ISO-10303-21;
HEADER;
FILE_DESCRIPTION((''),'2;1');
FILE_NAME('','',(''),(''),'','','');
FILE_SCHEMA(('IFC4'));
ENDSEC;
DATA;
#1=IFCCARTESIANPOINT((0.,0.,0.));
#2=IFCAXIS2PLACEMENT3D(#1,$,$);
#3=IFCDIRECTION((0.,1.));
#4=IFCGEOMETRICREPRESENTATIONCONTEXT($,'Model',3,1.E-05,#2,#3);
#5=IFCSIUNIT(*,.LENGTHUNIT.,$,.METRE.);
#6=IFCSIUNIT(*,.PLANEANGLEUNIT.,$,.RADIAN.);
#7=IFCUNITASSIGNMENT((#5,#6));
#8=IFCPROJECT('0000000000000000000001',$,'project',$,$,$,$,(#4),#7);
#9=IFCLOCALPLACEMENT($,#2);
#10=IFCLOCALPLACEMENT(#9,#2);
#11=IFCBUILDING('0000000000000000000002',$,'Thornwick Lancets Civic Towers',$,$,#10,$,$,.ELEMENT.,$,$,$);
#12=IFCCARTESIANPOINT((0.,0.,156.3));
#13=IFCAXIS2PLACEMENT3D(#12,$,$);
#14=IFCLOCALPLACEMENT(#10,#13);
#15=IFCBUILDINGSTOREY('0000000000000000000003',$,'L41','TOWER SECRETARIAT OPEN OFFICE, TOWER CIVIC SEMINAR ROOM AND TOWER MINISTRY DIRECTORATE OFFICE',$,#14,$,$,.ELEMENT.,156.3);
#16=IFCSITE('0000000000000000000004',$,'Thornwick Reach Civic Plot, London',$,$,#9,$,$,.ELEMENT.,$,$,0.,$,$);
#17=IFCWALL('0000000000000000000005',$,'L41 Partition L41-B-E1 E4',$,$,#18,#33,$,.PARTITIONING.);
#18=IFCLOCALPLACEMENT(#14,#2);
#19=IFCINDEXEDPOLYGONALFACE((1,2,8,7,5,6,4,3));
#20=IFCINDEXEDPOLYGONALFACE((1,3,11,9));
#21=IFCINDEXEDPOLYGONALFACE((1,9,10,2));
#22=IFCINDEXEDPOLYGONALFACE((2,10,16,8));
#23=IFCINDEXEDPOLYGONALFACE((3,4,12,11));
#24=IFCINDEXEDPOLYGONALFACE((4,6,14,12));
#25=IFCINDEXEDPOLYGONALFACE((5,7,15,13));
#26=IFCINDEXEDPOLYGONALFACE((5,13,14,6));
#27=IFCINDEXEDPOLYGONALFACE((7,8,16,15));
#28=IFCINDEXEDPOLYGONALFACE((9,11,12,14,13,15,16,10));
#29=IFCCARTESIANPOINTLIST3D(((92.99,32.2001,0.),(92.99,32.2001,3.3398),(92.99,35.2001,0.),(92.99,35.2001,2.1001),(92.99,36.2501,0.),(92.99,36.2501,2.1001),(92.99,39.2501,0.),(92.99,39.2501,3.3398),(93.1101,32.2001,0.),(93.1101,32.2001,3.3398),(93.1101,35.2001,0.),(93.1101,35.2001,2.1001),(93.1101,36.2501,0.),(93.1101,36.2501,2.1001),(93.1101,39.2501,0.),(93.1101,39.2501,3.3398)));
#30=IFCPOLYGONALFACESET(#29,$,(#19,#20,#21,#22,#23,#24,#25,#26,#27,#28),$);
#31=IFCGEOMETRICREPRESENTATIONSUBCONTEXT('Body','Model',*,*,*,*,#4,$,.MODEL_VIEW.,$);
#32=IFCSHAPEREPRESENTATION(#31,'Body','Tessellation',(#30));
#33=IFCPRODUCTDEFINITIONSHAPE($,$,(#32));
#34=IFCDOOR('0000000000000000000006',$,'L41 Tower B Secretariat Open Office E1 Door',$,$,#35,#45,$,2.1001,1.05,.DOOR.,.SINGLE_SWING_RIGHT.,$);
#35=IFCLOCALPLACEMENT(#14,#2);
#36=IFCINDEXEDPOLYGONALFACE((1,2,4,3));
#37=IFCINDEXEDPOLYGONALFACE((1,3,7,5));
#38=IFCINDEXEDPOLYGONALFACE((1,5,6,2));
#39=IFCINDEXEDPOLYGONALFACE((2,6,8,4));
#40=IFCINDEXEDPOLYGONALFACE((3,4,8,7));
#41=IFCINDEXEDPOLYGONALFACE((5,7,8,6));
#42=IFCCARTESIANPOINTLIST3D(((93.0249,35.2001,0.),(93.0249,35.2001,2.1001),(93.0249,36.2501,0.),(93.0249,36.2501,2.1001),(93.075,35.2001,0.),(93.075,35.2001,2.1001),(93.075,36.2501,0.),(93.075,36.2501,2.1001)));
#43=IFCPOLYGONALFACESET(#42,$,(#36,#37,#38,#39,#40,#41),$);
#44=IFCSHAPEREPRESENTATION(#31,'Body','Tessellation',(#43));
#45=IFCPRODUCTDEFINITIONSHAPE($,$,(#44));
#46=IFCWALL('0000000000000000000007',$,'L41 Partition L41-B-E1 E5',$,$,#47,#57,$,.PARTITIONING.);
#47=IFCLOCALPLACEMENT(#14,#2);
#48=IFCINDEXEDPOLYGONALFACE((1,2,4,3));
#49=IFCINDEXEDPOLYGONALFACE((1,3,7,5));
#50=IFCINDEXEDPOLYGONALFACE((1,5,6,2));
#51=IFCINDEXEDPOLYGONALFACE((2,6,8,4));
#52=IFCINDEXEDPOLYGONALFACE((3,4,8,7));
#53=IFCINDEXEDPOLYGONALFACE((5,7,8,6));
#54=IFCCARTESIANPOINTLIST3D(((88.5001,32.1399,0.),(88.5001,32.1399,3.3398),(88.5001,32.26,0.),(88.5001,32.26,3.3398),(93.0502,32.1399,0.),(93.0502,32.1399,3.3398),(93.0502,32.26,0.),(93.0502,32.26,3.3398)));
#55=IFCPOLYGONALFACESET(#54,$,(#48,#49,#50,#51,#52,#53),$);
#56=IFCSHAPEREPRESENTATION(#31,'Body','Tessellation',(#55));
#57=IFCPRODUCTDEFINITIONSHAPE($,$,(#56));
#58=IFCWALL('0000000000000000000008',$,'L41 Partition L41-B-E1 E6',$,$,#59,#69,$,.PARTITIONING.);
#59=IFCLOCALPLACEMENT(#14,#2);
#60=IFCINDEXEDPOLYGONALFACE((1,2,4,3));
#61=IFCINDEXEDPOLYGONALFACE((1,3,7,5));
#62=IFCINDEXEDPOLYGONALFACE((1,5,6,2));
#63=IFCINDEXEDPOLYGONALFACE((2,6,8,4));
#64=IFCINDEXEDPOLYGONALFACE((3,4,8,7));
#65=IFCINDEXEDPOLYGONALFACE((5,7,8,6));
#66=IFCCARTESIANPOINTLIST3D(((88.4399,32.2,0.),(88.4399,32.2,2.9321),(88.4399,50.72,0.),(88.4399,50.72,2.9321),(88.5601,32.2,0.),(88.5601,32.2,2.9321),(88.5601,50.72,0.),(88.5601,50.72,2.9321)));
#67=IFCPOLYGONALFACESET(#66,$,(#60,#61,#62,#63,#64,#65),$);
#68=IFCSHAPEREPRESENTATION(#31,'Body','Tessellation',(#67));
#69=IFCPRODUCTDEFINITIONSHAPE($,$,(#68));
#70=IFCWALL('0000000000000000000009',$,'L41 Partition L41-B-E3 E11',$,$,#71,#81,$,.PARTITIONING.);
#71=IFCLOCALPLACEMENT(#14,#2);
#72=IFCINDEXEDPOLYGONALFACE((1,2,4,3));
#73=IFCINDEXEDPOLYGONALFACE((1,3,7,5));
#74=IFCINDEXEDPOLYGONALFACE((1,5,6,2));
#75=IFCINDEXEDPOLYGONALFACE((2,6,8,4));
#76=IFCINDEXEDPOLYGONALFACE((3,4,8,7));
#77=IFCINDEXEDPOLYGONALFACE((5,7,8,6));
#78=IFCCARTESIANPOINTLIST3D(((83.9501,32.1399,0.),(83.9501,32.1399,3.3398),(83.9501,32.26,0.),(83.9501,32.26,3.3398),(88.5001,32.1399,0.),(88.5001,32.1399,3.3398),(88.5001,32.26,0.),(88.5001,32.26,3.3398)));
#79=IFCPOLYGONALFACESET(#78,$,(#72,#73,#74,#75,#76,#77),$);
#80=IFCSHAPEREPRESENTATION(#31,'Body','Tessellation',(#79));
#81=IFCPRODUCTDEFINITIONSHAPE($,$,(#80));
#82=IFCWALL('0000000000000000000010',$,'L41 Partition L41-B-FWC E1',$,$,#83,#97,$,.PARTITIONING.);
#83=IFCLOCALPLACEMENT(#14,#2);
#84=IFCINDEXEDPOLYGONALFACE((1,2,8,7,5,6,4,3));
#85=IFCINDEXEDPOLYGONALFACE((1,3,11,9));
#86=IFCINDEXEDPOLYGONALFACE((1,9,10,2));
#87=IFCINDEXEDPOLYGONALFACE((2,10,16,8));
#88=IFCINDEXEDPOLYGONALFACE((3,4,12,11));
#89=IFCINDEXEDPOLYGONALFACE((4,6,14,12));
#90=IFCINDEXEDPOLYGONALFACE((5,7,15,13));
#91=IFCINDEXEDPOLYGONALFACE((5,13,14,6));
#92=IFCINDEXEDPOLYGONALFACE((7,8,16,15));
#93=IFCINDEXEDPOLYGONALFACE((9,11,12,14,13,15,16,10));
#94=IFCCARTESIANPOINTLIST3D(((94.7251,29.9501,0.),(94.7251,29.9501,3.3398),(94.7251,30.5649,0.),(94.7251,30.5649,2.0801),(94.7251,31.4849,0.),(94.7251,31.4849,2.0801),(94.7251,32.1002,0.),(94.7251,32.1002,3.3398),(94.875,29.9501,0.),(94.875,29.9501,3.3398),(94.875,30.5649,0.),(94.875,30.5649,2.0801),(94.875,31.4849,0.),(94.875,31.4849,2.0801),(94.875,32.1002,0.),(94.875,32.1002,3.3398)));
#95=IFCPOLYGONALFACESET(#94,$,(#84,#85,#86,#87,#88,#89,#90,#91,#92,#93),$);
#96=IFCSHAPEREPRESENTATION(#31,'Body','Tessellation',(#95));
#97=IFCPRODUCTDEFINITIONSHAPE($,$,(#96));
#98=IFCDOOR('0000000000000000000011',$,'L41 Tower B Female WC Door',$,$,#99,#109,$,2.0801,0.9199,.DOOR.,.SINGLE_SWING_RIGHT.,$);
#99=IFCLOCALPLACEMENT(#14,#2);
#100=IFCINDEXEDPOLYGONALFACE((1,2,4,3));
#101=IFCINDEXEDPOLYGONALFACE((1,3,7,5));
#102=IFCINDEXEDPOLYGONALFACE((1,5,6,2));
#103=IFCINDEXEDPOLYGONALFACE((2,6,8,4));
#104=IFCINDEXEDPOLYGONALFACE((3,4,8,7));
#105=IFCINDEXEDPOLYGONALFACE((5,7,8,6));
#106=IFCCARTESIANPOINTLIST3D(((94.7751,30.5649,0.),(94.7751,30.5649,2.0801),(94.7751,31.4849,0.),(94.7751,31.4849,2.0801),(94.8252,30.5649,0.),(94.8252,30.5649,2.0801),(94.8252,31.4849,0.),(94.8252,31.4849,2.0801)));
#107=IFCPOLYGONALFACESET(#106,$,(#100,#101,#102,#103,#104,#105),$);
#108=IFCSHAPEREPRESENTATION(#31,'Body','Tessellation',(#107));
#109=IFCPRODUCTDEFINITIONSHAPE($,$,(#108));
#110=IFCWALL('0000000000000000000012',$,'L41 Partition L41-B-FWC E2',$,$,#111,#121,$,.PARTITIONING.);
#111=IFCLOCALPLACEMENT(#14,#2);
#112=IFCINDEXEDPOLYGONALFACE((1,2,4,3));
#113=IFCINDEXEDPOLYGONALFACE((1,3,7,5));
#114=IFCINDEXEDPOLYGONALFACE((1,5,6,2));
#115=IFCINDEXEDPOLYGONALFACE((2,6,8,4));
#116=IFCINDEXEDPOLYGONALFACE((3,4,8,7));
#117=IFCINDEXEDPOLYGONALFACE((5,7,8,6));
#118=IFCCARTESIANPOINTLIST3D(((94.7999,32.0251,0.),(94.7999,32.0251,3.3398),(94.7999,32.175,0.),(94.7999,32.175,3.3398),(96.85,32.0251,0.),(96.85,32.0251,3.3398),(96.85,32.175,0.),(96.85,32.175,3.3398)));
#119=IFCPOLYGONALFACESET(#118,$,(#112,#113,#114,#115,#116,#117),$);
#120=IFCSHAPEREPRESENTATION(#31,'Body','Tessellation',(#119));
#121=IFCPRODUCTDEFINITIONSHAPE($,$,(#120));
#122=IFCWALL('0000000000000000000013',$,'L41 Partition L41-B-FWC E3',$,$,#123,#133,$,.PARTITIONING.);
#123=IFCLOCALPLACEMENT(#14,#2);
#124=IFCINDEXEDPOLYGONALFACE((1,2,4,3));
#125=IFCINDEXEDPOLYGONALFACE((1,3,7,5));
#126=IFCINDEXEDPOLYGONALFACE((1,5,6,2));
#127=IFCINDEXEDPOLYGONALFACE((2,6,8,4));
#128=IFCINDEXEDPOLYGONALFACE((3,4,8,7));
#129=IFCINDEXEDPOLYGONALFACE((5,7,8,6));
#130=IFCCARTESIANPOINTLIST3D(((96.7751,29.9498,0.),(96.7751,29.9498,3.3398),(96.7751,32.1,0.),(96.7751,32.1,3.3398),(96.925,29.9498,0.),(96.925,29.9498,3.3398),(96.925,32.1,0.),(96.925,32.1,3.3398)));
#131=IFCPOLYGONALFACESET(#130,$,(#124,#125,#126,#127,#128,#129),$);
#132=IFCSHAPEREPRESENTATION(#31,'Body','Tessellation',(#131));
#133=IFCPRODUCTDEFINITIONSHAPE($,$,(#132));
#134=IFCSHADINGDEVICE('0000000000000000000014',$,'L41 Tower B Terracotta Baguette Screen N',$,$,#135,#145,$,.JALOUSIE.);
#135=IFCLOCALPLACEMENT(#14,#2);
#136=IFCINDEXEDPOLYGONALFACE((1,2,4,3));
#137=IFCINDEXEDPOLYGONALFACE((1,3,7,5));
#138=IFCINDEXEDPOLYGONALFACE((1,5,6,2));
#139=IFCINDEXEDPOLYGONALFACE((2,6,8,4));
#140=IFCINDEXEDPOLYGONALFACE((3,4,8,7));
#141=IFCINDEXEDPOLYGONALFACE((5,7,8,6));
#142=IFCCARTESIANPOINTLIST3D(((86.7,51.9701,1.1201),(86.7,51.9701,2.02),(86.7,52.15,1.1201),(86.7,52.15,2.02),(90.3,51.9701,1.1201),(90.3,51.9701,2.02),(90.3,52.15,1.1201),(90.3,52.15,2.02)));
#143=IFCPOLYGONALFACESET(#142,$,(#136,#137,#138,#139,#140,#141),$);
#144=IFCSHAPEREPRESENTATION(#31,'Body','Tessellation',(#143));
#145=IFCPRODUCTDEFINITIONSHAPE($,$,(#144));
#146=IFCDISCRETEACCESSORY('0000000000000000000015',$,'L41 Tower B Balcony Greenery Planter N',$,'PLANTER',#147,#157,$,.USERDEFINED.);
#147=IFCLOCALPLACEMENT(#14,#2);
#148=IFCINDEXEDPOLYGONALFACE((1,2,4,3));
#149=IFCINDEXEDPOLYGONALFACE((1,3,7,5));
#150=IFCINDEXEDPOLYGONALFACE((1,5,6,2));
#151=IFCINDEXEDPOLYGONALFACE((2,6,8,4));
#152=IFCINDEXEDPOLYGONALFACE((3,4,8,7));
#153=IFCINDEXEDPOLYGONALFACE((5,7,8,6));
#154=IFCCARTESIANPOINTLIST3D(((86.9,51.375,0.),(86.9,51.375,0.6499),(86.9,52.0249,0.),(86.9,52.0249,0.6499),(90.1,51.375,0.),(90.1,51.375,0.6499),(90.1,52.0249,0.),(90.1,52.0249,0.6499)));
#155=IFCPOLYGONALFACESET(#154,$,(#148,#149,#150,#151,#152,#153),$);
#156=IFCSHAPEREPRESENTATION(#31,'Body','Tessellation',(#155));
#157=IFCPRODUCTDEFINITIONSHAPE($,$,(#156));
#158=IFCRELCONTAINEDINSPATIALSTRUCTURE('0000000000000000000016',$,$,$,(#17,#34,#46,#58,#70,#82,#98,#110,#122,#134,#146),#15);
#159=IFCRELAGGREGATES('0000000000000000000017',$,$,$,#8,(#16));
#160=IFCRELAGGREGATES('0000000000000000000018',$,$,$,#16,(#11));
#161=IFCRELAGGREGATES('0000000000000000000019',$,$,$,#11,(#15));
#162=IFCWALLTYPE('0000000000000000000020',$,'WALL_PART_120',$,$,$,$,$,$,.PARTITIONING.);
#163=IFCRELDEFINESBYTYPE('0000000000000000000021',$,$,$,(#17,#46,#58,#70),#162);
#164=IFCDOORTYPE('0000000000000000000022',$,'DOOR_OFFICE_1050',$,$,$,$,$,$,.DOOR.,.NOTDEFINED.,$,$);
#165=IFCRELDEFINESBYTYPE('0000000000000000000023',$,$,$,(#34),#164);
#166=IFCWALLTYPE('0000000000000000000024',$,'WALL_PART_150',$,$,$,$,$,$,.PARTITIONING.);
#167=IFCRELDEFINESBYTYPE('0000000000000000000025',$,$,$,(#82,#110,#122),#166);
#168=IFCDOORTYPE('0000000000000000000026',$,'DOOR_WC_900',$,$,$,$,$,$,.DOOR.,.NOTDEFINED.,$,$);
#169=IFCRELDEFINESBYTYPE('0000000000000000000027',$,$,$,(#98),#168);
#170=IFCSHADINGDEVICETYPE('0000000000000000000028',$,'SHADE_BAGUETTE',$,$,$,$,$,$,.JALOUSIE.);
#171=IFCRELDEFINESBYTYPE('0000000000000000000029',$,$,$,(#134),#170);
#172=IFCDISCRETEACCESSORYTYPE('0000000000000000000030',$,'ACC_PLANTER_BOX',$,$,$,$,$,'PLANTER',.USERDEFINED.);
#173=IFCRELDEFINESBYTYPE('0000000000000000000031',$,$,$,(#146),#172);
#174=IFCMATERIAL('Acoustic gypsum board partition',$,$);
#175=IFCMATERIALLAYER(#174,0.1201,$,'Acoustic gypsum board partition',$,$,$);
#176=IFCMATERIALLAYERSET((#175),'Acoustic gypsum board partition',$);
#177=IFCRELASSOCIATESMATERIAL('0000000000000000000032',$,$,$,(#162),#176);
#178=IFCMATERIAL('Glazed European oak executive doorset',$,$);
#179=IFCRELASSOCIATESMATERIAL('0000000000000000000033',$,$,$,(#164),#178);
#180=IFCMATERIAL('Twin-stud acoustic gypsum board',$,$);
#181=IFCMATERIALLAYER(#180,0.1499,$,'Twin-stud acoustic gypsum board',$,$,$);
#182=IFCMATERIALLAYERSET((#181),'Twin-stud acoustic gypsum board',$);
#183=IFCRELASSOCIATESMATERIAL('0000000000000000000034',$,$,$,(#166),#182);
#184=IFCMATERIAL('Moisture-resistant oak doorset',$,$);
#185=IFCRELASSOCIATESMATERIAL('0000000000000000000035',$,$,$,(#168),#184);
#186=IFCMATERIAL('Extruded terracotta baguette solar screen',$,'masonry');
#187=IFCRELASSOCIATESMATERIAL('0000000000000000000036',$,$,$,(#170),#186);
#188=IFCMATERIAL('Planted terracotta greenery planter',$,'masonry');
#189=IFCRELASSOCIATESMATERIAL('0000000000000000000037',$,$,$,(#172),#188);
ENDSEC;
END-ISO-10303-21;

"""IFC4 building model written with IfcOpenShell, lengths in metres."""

from ifc_helpers import new_model, si_unit, direction, frame, frame_2d, origin, origin_2d, place, context, subcontext, project, spatial, rectangle, extrude, material, layer, layer_set, type_object, element, fill, save


model = new_model("IFC4")

# Units and contexts
model_context = context("Model", 3, precision=1e-05, world=origin(), true_north=direction((0.0, 1.0)))
body_context = subcontext(model_context, "Body", "Model", "MODEL_VIEW")
ifc_project = project(units=[si_unit("LENGTHUNIT", "METRE"), si_unit("PLANEANGLEUNIT", "RADIAN")], contexts=[model_context])

# Site, building, storey
site_placement = place(None, origin())
site = spatial("IfcSite", under=ifc_project, at=site_placement, Name="Thornwick Reach Civic Plot, London", CompositionType="ELEMENT", RefElevation=0.0)
building_placement = place(site_placement, origin())
building = spatial("IfcBuilding", under=site, at=building_placement, Name="Thornwick Lancets Civic Towers", CompositionType="ELEMENT")
storey_placement = place(building_placement, frame((0.0, 0.0, 156.3)))
storey = spatial("IfcBuildingStorey", under=building, at=storey_placement, Name="L41", Description="TOWER SECRETARIAT OPEN OFFICE, TOWER CIVIC SEMINAR ROOM AND TOWER MINISTRY DIRECTORATE OFFICE", CompositionType="ELEMENT", Elevation=156.3)

# Shared definitions
ifc_material_1 = material(Name="Acoustic gypsum board partition")
ifc_layer_1 = layer(ifc_material_1, 0.1201, Name="Acoustic gypsum board partition")
ifc_layer_set_1 = layer_set([ifc_layer_1], Name="Acoustic gypsum board partition")
wall_type_1 = type_object("IfcWallType", Name="WALL_PART_120", PredefinedType="PARTITIONING", material=ifc_layer_set_1)

# Wall, opening, door
wall_1_placement = place(storey_placement, frame((93.05, 39.25, 0.0), z_axis=(0.0, 0.0, 1.0), x_axis=(0.0, -1.0, 0.0)))
wall_1 = element("IfcWall", 1, at=wall_1_placement, inside=storey, type_object=wall_type_1, Name="L41 Partition L41-B-E1 E4", PredefinedType="PARTITIONING", context=body_context, shape_type="SweptSolid", body=[
    extrude(rectangle(XDim=7.05, YDim=0.1201, at=frame_2d((3.5249, 0.0))), origin(), (0.0, 0.0, 1.0), 3.3398),
])
opening_1_placement = place(wall_1_placement, frame((3.0, 0.0, 0.0)))
opening_1 = element("IfcOpeningElement", 2, at=opening_1_placement, cuts=wall_1, PredefinedType="OPENING", context=body_context, shape_type="SweptSolid", body=[
    extrude(rectangle(XDim=1.05, YDim=2.1001, at=frame_2d((0.5249, 1.05))), frame((0.0, 0.0701, 0.0), z_axis=(0.0, -1.0, 0.0), x_axis=(1.0, 0.0, 0.0)), (0.0, 0.0, 1.0), 0.1401),
])
ifc_material_2 = material(Name="Glazed European oak executive doorset")
door_type_1 = type_object("IfcDoorType", Name="DOOR_OFFICE_1050", OperationType="NOTDEFINED", PredefinedType="DOOR", material=ifc_material_2)
door_1_placement = place(opening_1_placement, origin())
door_1 = element("IfcDoor", 3, at=door_1_placement, inside=storey, type_object=door_type_1, Name="L41 Tower B Secretariat Open Office E1 Door", OperationType="SINGLE_SWING_RIGHT", OverallHeight=2.1001, OverallWidth=1.05, PredefinedType="DOOR", context=body_context, shape_type="SweptSolid", body=[
    extrude(rectangle(XDim=1.05, YDim=2.1001, at=frame_2d((0.5249, 1.05))), frame((0.0, 0.0249, 0.0), z_axis=(0.0, -1.0, 0.0), x_axis=(1.0, 0.0, 0.0)), (0.0, 0.0, 1.0), 0.05),
])
fill(opening_1, door_1)

# Walls
wall_2_placement = place(storey_placement, frame((93.05, 32.2, 0.0), z_axis=(0.0, 0.0, 1.0), x_axis=(-1.0, 0.0, 0.0)))
element("IfcWall", 4, at=wall_2_placement, inside=storey, type_object=wall_type_1, Name="L41 Partition L41-B-E1 E5", PredefinedType="PARTITIONING", context=body_context, shape_type="SweptSolid", body=[
    extrude(rectangle(XDim=4.55, YDim=0.1201, at=frame_2d((2.2749, 0.0))), origin(), (0.0, 0.0, 1.0), 3.3398),
])
wall_3_placement = place(storey_placement, frame((88.5, 32.2, 0.0), z_axis=(0.0, 0.0, 1.0), x_axis=(0.0, 1.0, 0.0)))
element("IfcWall", 5, at=wall_3_placement, inside=storey, type_object=wall_type_1, Name="L41 Partition L41-B-E1 E6", PredefinedType="PARTITIONING", context=body_context, shape_type="SweptSolid", body=[
    extrude(rectangle(XDim=18.52, YDim=0.1201, at=frame_2d((9.26, 0.0))), origin(), (0.0, 0.0, 1.0), 2.9321),
])
wall_4_placement = place(storey_placement, frame((88.5, 32.2, 0.0), z_axis=(0.0, 0.0, 1.0), x_axis=(-1.0, 0.0, 0.0)))
element("IfcWall", 6, at=wall_4_placement, inside=storey, type_object=wall_type_1, Name="L41 Partition L41-B-E3 E11", PredefinedType="PARTITIONING", context=body_context, shape_type="SweptSolid", body=[
    extrude(rectangle(XDim=4.55, YDim=0.1201, at=frame_2d((2.2749, 0.0))), origin(), (0.0, 0.0, 1.0), 3.3398),
])

# Wall, opening, door
ifc_material_3 = material(Name="Twin-stud acoustic gypsum board")
ifc_layer_2 = layer(ifc_material_3, 0.1499, Name="Twin-stud acoustic gypsum board")
ifc_layer_set_2 = layer_set([ifc_layer_2], Name="Twin-stud acoustic gypsum board")
wall_type_2 = type_object("IfcWallType", Name="WALL_PART_150", PredefinedType="PARTITIONING", material=ifc_layer_set_2)
wall_5_placement = place(storey_placement, frame((94.8, 29.95, 0.0), z_axis=(0.0, 0.0, 1.0), x_axis=(0.0, 1.0, 0.0)))
wall_5 = element("IfcWall", 7, at=wall_5_placement, inside=storey, type_object=wall_type_2, Name="L41 Partition L41-B-FWC E1", PredefinedType="PARTITIONING", context=body_context, shape_type="SweptSolid", body=[
    extrude(rectangle(XDim=2.1501, YDim=0.1499, at=frame_2d((1.0752, 0.0))), origin(), (0.0, 0.0, 1.0), 3.3398),
])
opening_2_placement = place(wall_5_placement, frame((0.615, 0.0, 0.0)))
opening_2 = element("IfcOpeningElement", 8, at=opening_2_placement, cuts=wall_5, PredefinedType="OPENING", context=body_context, shape_type="SweptSolid", body=[
    extrude(rectangle(XDim=0.9199, YDim=2.0801, at=frame_2d((0.46, 1.04))), frame((0.0, 0.085, 0.0), z_axis=(0.0, -1.0, 0.0), x_axis=(1.0, 0.0, 0.0)), (0.0, 0.0, 1.0), 0.1699),
])
ifc_material_4 = material(Name="Moisture-resistant oak doorset")
door_type_2 = type_object("IfcDoorType", Name="DOOR_WC_900", OperationType="NOTDEFINED", PredefinedType="DOOR", material=ifc_material_4)
door_2_placement = place(opening_2_placement, origin())
door_2 = element("IfcDoor", 9, at=door_2_placement, inside=storey, type_object=door_type_2, Name="L41 Tower B Female WC Door", OperationType="SINGLE_SWING_RIGHT", OverallHeight=2.0801, OverallWidth=0.9199, PredefinedType="DOOR", context=body_context, shape_type="SweptSolid", body=[
    extrude(rectangle(XDim=0.9199, YDim=2.0801, at=frame_2d((0.46, 1.04))), frame((0.0, 0.0249, 0.0), z_axis=(0.0, -1.0, 0.0), x_axis=(1.0, 0.0, 0.0)), (0.0, 0.0, 1.0), 0.05),
])
fill(opening_2, door_2)

# Walls
wall_6_placement = place(storey_placement, frame((94.8, 32.1001, 0.0), z_axis=(0.0, 0.0, 1.0), x_axis=(1.0, 0.0, 0.0)))
element("IfcWall", 10, at=wall_6_placement, inside=storey, type_object=wall_type_2, Name="L41 Partition L41-B-FWC E2", PredefinedType="PARTITIONING", context=body_context, shape_type="SweptSolid", body=[
    extrude(rectangle(XDim=2.05, YDim=0.1499, at=frame_2d((1.0249, 0.0))), origin(), (0.0, 0.0, 1.0), 3.3398),
])
wall_7_placement = place(storey_placement, frame((96.8501, 32.1001, 0.0), z_axis=(0.0, 0.0, 1.0), x_axis=(0.0, -1.0, 0.0)))
element("IfcWall", 11, at=wall_7_placement, inside=storey, type_object=wall_type_2, Name="L41 Partition L41-B-FWC E3", PredefinedType="PARTITIONING", context=body_context, shape_type="SweptSolid", body=[
    extrude(rectangle(XDim=2.1501, YDim=0.1499, at=frame_2d((1.0752, 0.0))), origin(), (0.0, 0.0, 1.0), 3.3398),
])

# Shading device
ifc_material_5 = material(Name="Extruded terracotta baguette solar screen", Category="masonry")
shading_device_type = type_object("IfcShadingDeviceType", Name="SHADE_BAGUETTE", PredefinedType="JALOUSIE", material=ifc_material_5)
shading_device_placement = place(storey_placement, frame((88.5, 52.0601, 1.1201), z_axis=(0.0, 0.0, 1.0), x_axis=(1.0, 0.0, 0.0)))
element("IfcShadingDevice", 12, at=shading_device_placement, inside=storey, type_object=shading_device_type, Name="L41 Tower B Terracotta Baguette Screen N", PredefinedType="JALOUSIE", context=body_context, shape_type="SweptSolid", body=[
    extrude(rectangle(XDim=3.6001, YDim=0.1799, at=origin_2d()), origin(), (0.0, 0.0, 1.0), 0.8999),
])

# Discrete accessory
ifc_material_6 = material(Name="Planted terracotta greenery planter", Category="masonry")
discrete_accessory_type = type_object("IfcDiscreteAccessoryType", Name="ACC_PLANTER_BOX", ElementType="PLANTER", PredefinedType="USERDEFINED", material=ifc_material_6)
discrete_accessory_placement = place(storey_placement, frame((88.5, 51.7, 0.0), z_axis=(0.0, 0.0, 1.0), x_axis=(1.0, 0.0, 0.0)))
element("IfcDiscreteAccessory", 13, at=discrete_accessory_placement, inside=storey, type_object=discrete_accessory_type, Name="L41 Tower B Balcony Greenery Planter N", ObjectType="PLANTER", PredefinedType="USERDEFINED", context=body_context, shape_type="SweptSolid", body=[
    extrude(rectangle(XDim=3.2, YDim=0.6499, at=origin_2d()), origin(), (0.0, 0.0, 1.0), 0.6499),
])

save(model, "model.ifc")
